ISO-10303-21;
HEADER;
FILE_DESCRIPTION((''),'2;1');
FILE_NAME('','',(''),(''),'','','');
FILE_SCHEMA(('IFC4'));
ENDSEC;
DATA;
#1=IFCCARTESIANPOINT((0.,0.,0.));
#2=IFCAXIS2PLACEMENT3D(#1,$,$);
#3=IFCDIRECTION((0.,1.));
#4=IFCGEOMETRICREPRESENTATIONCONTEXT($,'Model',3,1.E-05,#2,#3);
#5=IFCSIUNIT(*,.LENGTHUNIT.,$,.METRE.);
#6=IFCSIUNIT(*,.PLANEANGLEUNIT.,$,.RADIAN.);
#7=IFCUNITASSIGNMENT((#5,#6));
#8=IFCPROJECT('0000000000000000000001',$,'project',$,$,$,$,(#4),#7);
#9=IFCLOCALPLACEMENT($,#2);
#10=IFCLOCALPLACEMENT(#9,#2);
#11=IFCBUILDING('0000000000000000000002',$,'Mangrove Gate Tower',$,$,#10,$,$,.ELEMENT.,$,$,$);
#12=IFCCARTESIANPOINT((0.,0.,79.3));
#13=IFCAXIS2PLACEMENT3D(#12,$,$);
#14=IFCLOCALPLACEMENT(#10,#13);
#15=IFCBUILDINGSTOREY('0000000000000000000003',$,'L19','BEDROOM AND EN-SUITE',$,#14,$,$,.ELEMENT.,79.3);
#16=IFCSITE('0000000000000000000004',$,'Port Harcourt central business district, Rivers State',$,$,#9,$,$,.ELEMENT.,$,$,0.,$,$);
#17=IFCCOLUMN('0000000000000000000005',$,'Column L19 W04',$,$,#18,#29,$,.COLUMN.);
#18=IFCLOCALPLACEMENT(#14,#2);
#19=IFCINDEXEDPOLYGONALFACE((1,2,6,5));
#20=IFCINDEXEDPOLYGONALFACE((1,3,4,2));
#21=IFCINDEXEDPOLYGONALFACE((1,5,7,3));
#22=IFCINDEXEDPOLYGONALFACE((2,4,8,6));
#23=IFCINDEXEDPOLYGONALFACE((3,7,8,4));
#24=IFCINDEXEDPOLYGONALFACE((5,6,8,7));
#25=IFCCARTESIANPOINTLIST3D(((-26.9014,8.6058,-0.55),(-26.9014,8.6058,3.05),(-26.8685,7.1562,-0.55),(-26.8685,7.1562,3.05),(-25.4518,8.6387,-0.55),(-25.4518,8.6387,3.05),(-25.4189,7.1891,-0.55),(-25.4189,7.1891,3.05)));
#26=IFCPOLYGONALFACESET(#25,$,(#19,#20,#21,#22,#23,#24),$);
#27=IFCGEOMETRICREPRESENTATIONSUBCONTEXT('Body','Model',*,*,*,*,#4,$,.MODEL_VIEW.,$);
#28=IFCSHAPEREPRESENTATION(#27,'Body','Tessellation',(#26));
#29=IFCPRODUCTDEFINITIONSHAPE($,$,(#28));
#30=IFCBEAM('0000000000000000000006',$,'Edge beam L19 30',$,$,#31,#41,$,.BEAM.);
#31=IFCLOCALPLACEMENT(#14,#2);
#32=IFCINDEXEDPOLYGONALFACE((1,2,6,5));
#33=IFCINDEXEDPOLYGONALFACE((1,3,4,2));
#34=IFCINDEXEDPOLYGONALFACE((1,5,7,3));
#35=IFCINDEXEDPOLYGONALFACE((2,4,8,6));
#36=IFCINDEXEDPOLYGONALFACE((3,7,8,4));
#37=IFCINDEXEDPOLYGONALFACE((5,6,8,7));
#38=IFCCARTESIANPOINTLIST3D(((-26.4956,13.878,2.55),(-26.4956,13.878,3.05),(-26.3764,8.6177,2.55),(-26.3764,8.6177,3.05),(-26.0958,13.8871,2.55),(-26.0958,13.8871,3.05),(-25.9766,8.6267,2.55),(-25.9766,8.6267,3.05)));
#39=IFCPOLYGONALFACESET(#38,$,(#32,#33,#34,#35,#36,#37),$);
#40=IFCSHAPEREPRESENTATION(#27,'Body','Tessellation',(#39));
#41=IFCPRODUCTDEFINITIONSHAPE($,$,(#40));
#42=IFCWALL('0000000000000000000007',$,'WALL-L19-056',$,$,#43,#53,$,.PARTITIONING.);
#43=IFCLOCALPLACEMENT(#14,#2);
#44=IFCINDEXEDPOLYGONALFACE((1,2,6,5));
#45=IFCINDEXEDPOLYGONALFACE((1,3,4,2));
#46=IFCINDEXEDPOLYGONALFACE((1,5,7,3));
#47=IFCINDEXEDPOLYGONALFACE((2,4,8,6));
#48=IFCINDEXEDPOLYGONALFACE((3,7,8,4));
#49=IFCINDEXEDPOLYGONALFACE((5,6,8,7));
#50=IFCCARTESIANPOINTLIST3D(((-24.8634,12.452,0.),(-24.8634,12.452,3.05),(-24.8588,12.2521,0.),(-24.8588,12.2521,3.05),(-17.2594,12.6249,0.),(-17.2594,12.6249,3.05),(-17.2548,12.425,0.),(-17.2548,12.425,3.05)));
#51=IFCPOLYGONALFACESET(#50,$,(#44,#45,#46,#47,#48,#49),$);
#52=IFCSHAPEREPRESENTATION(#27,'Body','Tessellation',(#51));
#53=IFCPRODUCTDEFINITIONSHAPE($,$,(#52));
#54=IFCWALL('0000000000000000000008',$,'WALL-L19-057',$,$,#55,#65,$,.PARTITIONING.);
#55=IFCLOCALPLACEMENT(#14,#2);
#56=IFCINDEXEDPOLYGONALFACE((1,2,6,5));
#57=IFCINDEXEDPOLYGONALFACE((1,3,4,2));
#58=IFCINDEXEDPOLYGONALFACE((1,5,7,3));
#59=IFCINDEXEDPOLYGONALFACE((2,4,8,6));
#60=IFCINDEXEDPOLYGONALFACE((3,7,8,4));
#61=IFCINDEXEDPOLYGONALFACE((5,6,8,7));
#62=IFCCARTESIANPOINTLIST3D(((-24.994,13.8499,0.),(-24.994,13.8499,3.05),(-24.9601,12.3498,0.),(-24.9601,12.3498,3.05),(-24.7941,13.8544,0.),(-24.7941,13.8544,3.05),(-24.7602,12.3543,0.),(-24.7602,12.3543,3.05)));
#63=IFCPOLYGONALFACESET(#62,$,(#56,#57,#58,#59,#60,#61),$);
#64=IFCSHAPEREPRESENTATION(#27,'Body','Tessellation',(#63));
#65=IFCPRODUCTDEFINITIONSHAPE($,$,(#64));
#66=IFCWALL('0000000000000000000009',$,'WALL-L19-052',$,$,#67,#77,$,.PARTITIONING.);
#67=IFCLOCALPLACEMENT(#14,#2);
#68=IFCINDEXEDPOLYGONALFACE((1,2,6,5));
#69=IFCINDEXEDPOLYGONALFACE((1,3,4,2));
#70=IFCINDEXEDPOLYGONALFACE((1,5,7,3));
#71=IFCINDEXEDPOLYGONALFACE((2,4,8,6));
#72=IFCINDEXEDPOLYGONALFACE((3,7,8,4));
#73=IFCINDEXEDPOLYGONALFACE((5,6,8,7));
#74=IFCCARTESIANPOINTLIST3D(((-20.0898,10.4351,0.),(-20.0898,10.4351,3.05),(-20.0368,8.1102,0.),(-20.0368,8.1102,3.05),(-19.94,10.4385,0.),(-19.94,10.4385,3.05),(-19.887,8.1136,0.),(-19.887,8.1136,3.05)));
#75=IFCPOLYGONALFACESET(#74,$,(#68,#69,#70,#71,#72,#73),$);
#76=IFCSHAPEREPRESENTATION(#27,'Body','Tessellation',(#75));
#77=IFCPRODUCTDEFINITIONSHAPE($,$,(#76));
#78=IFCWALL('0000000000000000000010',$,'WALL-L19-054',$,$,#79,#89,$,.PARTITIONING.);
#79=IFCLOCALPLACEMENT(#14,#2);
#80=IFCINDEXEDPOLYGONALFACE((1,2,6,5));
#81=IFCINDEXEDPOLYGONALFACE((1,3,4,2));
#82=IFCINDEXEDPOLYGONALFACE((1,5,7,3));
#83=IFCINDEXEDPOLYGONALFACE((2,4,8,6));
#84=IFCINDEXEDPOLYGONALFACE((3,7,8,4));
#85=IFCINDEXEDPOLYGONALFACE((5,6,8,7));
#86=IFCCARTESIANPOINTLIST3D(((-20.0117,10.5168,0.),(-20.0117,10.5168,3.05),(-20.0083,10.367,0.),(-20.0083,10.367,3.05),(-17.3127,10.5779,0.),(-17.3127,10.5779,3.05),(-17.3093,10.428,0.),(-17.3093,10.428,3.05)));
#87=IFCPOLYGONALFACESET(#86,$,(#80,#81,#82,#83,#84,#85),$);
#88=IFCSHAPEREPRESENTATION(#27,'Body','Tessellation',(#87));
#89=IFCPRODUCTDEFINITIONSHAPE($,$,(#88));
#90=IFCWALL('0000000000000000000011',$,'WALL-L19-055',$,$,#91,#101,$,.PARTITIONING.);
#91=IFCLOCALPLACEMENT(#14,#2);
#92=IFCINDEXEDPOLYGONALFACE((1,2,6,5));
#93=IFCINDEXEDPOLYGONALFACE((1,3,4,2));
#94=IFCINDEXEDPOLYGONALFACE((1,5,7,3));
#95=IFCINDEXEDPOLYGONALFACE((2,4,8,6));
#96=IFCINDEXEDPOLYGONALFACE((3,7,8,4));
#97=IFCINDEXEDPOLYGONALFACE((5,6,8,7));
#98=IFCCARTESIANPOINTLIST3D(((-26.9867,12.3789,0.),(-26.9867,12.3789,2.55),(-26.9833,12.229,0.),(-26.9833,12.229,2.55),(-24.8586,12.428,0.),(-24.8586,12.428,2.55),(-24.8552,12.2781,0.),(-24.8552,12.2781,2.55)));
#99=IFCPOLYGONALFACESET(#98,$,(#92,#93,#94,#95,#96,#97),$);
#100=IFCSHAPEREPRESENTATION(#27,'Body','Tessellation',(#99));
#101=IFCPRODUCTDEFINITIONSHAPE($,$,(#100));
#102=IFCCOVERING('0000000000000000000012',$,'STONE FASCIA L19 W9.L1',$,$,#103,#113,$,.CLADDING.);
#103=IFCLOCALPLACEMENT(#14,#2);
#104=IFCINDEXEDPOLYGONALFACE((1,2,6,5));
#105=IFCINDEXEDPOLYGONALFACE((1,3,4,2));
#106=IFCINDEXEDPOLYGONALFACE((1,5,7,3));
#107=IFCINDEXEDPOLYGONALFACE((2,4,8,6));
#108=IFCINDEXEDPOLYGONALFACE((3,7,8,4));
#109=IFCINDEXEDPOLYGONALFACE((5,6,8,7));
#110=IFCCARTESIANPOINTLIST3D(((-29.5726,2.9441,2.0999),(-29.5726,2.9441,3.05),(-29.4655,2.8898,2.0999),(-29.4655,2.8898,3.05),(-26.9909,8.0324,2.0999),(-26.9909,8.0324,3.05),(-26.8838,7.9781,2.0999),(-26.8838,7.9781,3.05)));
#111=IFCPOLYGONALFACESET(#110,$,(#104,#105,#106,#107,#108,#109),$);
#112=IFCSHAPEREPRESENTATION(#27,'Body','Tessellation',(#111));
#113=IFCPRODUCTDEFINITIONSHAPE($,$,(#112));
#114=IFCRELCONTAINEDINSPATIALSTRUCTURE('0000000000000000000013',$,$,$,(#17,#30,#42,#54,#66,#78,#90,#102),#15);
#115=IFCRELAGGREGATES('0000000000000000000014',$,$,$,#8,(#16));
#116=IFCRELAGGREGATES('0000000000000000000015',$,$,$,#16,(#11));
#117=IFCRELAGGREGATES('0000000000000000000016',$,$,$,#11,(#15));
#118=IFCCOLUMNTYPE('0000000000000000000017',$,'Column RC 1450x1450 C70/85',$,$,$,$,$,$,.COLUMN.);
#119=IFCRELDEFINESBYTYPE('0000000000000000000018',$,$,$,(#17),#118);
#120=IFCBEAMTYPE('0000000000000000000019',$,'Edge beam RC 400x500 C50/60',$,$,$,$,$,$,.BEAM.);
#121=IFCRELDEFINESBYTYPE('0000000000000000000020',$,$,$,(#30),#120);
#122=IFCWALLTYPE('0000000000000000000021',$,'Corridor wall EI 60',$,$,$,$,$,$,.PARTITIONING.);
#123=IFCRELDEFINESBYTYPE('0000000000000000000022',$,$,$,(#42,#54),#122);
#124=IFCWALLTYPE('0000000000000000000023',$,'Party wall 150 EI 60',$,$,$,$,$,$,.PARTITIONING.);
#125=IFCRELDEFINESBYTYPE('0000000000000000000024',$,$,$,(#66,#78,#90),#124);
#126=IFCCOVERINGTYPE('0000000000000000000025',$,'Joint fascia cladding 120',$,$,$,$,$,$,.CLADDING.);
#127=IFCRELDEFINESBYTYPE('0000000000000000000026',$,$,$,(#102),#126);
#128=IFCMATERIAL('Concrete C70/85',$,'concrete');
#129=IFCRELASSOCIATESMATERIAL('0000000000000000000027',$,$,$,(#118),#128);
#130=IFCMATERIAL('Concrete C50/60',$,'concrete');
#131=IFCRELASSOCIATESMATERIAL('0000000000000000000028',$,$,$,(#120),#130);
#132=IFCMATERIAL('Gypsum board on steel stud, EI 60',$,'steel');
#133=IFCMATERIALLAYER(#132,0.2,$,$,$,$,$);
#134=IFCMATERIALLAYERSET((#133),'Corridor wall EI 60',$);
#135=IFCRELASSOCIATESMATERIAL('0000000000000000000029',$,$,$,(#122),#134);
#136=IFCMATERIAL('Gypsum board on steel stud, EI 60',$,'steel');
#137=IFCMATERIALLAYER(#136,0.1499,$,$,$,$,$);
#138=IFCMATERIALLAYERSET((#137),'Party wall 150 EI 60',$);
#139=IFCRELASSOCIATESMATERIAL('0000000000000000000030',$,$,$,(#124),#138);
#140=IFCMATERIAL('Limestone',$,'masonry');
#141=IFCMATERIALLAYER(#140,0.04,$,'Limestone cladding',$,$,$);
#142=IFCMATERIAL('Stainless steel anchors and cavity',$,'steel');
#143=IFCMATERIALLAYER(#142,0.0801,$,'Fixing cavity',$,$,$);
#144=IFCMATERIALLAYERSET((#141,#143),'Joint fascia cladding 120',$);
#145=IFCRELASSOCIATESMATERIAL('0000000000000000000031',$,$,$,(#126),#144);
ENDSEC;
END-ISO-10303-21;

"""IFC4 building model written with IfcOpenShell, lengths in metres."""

from ifc_helpers import new_model, si_unit, direction, frame, frame_2d, origin, origin_2d, place, context, subcontext, project, spatial, rectangle, extrude, material, layer, layer_set, material_profile, profile_set, type_object, element, save


model = new_model("IFC4")

# Units and contexts
model_context = context("Model", 3, precision=1e-05, world=origin(), true_north=direction((0.0, 1.0)))
body_context = subcontext(model_context, "Body", "Model", "MODEL_VIEW")
ifc_project = project(units=[si_unit("LENGTHUNIT", "METRE"), si_unit("PLANEANGLEUNIT", "RADIAN")], contexts=[model_context])

# Site, building, storey
site_placement = place(None, origin())
site = spatial("IfcSite", under=ifc_project, at=site_placement, Name="Port Harcourt central business district, Rivers State", CompositionType="ELEMENT", RefElevation=0.0)
building_placement = place(site_placement, origin())
building = spatial("IfcBuilding", under=site, at=building_placement, Name="Mangrove Gate Tower", CompositionType="ELEMENT")
storey_placement = place(building_placement, frame((0.0, 0.0, 79.3)))
storey = spatial("IfcBuildingStorey", under=building, at=storey_placement, Name="L19", Description="BEDROOM AND EN-SUITE", CompositionType="ELEMENT", Elevation=79.3)

# Column
ifc_material_1 = material(Name="Concrete C70/85", Category="concrete")
ifc_material_profile_1 = material_profile(ifc_material_1, rectangle(XDim=1.45, YDim=1.45, at=origin_2d()))
ifc_profile_set_1 = profile_set([ifc_material_profile_1], Name="Concrete C70/85")
column_type = type_object("IfcColumnType", Name="Column RC 1450x1450 C70/85", PredefinedType="COLUMN", material=ifc_profile_set_1)
column_placement = place(storey_placement, frame((-26.1602, 7.8975, -0.55), z_axis=(0.0, 0.0, 1.0), x_axis=(0.022676, -0.999743, 0.0)))
element("IfcColumn", 1, at=column_placement, inside=storey, type_object=column_type, Name="Column L19 W04", PredefinedType="COLUMN", context=body_context, shape_type="SweptSolid", body=[
    extrude(rectangle(XDim=1.45, YDim=1.45, at=origin_2d()), origin(), (0.0, 0.0, 1.0), 3.6001),
])

# Beam
ifc_material_2 = material(Name="Concrete C50/60", Category="concrete")
ifc_material_profile_2 = material_profile(ifc_material_2, rectangle(XDim=0.3999, YDim=0.5, at=origin_2d()))
ifc_profile_set_2 = profile_set([ifc_material_profile_2], Name="Concrete C50/60")
beam_type = type_object("IfcBeamType", Name="Edge beam RC 400x500 C50/60", PredefinedType="BEAM", material=ifc_profile_set_2)
beam_placement = place(storey_placement, frame((-26.2957, 13.8826, 2.8), z_axis=(0.022643, -0.999744, 0.0), x_axis=(0.999744, 0.022643, 0.0)))
element("IfcBeam", 2, at=beam_placement, inside=storey, type_object=beam_type, Name="Edge beam L19 30", PredefinedType="BEAM", context=body_context, shape_type="SweptSolid", body=[
    extrude(rectangle(XDim=0.3999, YDim=0.5, at=origin_2d()), origin(), (0.0, 0.0, 1.0), 5.2617),
])

# Walls
ifc_material_3 = material(Name="Gypsum board on steel stud, EI 60", Category="steel")
ifc_layer_1 = layer(ifc_material_3, 0.2)
ifc_layer_set_1 = layer_set([ifc_layer_1], Name="Corridor wall EI 60")
wall_type_1 = type_object("IfcWallType", Name="Corridor wall EI 60", PredefinedType="PARTITIONING", material=ifc_layer_set_1)
wall_1_placement = place(storey_placement, frame((-24.8611, 12.3521, 0.0), z_axis=(0.0, 0.0, 1.0), x_axis=(0.999742, 0.022726, 0.0)))
element("IfcWall", 3, at=wall_1_placement, inside=storey, type_object=wall_type_1, Name="WALL-L19-056", PredefinedType="PARTITIONING", context=body_context, shape_type="SweptSolid", body=[
    extrude(rectangle(XDim=7.606, YDim=0.2, at=frame_2d((3.803, 0.0))), origin(), (0.0, 0.0, 1.0), 3.05),
])
wall_2_placement = place(storey_placement, frame((-24.8601, 12.3521, 0.0), z_axis=(0.0, 0.0, 1.0), x_axis=(-0.022618, 0.999744, 0.0)))
element("IfcWall", 4, at=wall_2_placement, inside=storey, type_object=wall_type_1, Name="WALL-L19-057", PredefinedType="PARTITIONING", context=body_context, shape_type="SweptSolid", body=[
    extrude(rectangle(XDim=1.5005, YDim=0.2, at=frame_2d((0.7502, 0.0))), origin(), (0.0, 0.0, 1.0), 3.05),
])

# Walls
ifc_material_4 = material(Name="Gypsum board on steel stud, EI 60", Category="steel")
ifc_layer_2 = layer(ifc_material_4, 0.1499)
ifc_layer_set_2 = layer_set([ifc_layer_2], Name="Party wall 150 EI 60")
wall_type_2 = type_object("IfcWallType", Name="Party wall 150 EI 60", PredefinedType="PARTITIONING", material=ifc_layer_set_2)
wall_3_placement = place(storey_placement, frame((-19.9619, 8.1121, 0.0), z_axis=(0.0, 0.0, 1.0), x_axis=(-0.022781, 0.99974, 0.0)))
element("IfcWall", 5, at=wall_3_placement, inside=storey, type_object=wall_type_2, Name="WALL-L19-052", PredefinedType="PARTITIONING", context=body_context, shape_type="SweptSolid", body=[
    extrude(rectangle(XDim=2.3254, YDim=0.1499, at=frame_2d((1.1626, 0.0))), origin(), (0.0, 0.0, 1.0), 3.05),
])
wall_4_placement = place(storey_placement, frame((-20.01, 10.4419, 0.0), z_axis=(0.0, 0.0, 1.0), x_axis=(0.999744, 0.022608, 0.0)))
element("IfcWall", 6, at=wall_4_placement, inside=storey, type_object=wall_type_2, Name="WALL-L19-054", PredefinedType="PARTITIONING", context=body_context, shape_type="SweptSolid", body=[
    extrude(rectangle(XDim=2.6997, YDim=0.1499, at=frame_2d((1.3499, 0.0))), origin(), (0.0, 0.0, 1.0), 3.05),
])
wall_5_placement = place(storey_placement, frame((-26.9851, 12.304, 0.0), z_axis=(0.0, 0.0, 1.0), x_axis=(0.999734, 0.023052, 0.0)))
element("IfcWall", 7, at=wall_5_placement, inside=storey, type_object=wall_type_2, Name="WALL-L19-055", PredefinedType="PARTITIONING", context=body_context, shape_type="SweptSolid", body=[
    extrude(rectangle(XDim=2.1287, YDim=0.1499, at=frame_2d((1.0645, 0.0))), origin(), (0.0, 0.0, 1.0), 2.55),
])

# Covering
ifc_material_5 = material(Name="Limestone", Category="masonry")
ifc_layer_3 = layer(ifc_material_5, 0.04, Name="Limestone cladding")
ifc_material_6 = material(Name="Stainless steel anchors and cavity", Category="steel")
ifc_layer_4 = layer(ifc_material_6, 0.0801, Name="Fixing cavity")
ifc_layer_set_3 = layer_set([ifc_layer_3, ifc_layer_4], Name="Joint fascia cladding 120")
covering_type = type_object("IfcCoveringType", Name="Joint fascia cladding 120", PredefinedType="CLADDING", material=ifc_layer_set_3)
covering_placement = place(storey_placement, frame((-26.9373, 8.0054, 2.0999), z_axis=(0.0, 0.0, 1.0), x_axis=(-0.452477, -0.891776, 0.0)))
element("IfcCovering", 8, at=covering_placement, inside=storey, type_object=covering_type, Name="STONE FASCIA L19 W9.L1", PredefinedType="CLADDING", context=body_context, shape_type="SweptSolid", body=[
    extrude(rectangle(XDim=5.7058, YDim=0.1201, at=frame_2d((2.853, 0.0))), origin(), (0.0, 0.0, 1.0), 0.9502),
])

save(model, "model.ifc")
